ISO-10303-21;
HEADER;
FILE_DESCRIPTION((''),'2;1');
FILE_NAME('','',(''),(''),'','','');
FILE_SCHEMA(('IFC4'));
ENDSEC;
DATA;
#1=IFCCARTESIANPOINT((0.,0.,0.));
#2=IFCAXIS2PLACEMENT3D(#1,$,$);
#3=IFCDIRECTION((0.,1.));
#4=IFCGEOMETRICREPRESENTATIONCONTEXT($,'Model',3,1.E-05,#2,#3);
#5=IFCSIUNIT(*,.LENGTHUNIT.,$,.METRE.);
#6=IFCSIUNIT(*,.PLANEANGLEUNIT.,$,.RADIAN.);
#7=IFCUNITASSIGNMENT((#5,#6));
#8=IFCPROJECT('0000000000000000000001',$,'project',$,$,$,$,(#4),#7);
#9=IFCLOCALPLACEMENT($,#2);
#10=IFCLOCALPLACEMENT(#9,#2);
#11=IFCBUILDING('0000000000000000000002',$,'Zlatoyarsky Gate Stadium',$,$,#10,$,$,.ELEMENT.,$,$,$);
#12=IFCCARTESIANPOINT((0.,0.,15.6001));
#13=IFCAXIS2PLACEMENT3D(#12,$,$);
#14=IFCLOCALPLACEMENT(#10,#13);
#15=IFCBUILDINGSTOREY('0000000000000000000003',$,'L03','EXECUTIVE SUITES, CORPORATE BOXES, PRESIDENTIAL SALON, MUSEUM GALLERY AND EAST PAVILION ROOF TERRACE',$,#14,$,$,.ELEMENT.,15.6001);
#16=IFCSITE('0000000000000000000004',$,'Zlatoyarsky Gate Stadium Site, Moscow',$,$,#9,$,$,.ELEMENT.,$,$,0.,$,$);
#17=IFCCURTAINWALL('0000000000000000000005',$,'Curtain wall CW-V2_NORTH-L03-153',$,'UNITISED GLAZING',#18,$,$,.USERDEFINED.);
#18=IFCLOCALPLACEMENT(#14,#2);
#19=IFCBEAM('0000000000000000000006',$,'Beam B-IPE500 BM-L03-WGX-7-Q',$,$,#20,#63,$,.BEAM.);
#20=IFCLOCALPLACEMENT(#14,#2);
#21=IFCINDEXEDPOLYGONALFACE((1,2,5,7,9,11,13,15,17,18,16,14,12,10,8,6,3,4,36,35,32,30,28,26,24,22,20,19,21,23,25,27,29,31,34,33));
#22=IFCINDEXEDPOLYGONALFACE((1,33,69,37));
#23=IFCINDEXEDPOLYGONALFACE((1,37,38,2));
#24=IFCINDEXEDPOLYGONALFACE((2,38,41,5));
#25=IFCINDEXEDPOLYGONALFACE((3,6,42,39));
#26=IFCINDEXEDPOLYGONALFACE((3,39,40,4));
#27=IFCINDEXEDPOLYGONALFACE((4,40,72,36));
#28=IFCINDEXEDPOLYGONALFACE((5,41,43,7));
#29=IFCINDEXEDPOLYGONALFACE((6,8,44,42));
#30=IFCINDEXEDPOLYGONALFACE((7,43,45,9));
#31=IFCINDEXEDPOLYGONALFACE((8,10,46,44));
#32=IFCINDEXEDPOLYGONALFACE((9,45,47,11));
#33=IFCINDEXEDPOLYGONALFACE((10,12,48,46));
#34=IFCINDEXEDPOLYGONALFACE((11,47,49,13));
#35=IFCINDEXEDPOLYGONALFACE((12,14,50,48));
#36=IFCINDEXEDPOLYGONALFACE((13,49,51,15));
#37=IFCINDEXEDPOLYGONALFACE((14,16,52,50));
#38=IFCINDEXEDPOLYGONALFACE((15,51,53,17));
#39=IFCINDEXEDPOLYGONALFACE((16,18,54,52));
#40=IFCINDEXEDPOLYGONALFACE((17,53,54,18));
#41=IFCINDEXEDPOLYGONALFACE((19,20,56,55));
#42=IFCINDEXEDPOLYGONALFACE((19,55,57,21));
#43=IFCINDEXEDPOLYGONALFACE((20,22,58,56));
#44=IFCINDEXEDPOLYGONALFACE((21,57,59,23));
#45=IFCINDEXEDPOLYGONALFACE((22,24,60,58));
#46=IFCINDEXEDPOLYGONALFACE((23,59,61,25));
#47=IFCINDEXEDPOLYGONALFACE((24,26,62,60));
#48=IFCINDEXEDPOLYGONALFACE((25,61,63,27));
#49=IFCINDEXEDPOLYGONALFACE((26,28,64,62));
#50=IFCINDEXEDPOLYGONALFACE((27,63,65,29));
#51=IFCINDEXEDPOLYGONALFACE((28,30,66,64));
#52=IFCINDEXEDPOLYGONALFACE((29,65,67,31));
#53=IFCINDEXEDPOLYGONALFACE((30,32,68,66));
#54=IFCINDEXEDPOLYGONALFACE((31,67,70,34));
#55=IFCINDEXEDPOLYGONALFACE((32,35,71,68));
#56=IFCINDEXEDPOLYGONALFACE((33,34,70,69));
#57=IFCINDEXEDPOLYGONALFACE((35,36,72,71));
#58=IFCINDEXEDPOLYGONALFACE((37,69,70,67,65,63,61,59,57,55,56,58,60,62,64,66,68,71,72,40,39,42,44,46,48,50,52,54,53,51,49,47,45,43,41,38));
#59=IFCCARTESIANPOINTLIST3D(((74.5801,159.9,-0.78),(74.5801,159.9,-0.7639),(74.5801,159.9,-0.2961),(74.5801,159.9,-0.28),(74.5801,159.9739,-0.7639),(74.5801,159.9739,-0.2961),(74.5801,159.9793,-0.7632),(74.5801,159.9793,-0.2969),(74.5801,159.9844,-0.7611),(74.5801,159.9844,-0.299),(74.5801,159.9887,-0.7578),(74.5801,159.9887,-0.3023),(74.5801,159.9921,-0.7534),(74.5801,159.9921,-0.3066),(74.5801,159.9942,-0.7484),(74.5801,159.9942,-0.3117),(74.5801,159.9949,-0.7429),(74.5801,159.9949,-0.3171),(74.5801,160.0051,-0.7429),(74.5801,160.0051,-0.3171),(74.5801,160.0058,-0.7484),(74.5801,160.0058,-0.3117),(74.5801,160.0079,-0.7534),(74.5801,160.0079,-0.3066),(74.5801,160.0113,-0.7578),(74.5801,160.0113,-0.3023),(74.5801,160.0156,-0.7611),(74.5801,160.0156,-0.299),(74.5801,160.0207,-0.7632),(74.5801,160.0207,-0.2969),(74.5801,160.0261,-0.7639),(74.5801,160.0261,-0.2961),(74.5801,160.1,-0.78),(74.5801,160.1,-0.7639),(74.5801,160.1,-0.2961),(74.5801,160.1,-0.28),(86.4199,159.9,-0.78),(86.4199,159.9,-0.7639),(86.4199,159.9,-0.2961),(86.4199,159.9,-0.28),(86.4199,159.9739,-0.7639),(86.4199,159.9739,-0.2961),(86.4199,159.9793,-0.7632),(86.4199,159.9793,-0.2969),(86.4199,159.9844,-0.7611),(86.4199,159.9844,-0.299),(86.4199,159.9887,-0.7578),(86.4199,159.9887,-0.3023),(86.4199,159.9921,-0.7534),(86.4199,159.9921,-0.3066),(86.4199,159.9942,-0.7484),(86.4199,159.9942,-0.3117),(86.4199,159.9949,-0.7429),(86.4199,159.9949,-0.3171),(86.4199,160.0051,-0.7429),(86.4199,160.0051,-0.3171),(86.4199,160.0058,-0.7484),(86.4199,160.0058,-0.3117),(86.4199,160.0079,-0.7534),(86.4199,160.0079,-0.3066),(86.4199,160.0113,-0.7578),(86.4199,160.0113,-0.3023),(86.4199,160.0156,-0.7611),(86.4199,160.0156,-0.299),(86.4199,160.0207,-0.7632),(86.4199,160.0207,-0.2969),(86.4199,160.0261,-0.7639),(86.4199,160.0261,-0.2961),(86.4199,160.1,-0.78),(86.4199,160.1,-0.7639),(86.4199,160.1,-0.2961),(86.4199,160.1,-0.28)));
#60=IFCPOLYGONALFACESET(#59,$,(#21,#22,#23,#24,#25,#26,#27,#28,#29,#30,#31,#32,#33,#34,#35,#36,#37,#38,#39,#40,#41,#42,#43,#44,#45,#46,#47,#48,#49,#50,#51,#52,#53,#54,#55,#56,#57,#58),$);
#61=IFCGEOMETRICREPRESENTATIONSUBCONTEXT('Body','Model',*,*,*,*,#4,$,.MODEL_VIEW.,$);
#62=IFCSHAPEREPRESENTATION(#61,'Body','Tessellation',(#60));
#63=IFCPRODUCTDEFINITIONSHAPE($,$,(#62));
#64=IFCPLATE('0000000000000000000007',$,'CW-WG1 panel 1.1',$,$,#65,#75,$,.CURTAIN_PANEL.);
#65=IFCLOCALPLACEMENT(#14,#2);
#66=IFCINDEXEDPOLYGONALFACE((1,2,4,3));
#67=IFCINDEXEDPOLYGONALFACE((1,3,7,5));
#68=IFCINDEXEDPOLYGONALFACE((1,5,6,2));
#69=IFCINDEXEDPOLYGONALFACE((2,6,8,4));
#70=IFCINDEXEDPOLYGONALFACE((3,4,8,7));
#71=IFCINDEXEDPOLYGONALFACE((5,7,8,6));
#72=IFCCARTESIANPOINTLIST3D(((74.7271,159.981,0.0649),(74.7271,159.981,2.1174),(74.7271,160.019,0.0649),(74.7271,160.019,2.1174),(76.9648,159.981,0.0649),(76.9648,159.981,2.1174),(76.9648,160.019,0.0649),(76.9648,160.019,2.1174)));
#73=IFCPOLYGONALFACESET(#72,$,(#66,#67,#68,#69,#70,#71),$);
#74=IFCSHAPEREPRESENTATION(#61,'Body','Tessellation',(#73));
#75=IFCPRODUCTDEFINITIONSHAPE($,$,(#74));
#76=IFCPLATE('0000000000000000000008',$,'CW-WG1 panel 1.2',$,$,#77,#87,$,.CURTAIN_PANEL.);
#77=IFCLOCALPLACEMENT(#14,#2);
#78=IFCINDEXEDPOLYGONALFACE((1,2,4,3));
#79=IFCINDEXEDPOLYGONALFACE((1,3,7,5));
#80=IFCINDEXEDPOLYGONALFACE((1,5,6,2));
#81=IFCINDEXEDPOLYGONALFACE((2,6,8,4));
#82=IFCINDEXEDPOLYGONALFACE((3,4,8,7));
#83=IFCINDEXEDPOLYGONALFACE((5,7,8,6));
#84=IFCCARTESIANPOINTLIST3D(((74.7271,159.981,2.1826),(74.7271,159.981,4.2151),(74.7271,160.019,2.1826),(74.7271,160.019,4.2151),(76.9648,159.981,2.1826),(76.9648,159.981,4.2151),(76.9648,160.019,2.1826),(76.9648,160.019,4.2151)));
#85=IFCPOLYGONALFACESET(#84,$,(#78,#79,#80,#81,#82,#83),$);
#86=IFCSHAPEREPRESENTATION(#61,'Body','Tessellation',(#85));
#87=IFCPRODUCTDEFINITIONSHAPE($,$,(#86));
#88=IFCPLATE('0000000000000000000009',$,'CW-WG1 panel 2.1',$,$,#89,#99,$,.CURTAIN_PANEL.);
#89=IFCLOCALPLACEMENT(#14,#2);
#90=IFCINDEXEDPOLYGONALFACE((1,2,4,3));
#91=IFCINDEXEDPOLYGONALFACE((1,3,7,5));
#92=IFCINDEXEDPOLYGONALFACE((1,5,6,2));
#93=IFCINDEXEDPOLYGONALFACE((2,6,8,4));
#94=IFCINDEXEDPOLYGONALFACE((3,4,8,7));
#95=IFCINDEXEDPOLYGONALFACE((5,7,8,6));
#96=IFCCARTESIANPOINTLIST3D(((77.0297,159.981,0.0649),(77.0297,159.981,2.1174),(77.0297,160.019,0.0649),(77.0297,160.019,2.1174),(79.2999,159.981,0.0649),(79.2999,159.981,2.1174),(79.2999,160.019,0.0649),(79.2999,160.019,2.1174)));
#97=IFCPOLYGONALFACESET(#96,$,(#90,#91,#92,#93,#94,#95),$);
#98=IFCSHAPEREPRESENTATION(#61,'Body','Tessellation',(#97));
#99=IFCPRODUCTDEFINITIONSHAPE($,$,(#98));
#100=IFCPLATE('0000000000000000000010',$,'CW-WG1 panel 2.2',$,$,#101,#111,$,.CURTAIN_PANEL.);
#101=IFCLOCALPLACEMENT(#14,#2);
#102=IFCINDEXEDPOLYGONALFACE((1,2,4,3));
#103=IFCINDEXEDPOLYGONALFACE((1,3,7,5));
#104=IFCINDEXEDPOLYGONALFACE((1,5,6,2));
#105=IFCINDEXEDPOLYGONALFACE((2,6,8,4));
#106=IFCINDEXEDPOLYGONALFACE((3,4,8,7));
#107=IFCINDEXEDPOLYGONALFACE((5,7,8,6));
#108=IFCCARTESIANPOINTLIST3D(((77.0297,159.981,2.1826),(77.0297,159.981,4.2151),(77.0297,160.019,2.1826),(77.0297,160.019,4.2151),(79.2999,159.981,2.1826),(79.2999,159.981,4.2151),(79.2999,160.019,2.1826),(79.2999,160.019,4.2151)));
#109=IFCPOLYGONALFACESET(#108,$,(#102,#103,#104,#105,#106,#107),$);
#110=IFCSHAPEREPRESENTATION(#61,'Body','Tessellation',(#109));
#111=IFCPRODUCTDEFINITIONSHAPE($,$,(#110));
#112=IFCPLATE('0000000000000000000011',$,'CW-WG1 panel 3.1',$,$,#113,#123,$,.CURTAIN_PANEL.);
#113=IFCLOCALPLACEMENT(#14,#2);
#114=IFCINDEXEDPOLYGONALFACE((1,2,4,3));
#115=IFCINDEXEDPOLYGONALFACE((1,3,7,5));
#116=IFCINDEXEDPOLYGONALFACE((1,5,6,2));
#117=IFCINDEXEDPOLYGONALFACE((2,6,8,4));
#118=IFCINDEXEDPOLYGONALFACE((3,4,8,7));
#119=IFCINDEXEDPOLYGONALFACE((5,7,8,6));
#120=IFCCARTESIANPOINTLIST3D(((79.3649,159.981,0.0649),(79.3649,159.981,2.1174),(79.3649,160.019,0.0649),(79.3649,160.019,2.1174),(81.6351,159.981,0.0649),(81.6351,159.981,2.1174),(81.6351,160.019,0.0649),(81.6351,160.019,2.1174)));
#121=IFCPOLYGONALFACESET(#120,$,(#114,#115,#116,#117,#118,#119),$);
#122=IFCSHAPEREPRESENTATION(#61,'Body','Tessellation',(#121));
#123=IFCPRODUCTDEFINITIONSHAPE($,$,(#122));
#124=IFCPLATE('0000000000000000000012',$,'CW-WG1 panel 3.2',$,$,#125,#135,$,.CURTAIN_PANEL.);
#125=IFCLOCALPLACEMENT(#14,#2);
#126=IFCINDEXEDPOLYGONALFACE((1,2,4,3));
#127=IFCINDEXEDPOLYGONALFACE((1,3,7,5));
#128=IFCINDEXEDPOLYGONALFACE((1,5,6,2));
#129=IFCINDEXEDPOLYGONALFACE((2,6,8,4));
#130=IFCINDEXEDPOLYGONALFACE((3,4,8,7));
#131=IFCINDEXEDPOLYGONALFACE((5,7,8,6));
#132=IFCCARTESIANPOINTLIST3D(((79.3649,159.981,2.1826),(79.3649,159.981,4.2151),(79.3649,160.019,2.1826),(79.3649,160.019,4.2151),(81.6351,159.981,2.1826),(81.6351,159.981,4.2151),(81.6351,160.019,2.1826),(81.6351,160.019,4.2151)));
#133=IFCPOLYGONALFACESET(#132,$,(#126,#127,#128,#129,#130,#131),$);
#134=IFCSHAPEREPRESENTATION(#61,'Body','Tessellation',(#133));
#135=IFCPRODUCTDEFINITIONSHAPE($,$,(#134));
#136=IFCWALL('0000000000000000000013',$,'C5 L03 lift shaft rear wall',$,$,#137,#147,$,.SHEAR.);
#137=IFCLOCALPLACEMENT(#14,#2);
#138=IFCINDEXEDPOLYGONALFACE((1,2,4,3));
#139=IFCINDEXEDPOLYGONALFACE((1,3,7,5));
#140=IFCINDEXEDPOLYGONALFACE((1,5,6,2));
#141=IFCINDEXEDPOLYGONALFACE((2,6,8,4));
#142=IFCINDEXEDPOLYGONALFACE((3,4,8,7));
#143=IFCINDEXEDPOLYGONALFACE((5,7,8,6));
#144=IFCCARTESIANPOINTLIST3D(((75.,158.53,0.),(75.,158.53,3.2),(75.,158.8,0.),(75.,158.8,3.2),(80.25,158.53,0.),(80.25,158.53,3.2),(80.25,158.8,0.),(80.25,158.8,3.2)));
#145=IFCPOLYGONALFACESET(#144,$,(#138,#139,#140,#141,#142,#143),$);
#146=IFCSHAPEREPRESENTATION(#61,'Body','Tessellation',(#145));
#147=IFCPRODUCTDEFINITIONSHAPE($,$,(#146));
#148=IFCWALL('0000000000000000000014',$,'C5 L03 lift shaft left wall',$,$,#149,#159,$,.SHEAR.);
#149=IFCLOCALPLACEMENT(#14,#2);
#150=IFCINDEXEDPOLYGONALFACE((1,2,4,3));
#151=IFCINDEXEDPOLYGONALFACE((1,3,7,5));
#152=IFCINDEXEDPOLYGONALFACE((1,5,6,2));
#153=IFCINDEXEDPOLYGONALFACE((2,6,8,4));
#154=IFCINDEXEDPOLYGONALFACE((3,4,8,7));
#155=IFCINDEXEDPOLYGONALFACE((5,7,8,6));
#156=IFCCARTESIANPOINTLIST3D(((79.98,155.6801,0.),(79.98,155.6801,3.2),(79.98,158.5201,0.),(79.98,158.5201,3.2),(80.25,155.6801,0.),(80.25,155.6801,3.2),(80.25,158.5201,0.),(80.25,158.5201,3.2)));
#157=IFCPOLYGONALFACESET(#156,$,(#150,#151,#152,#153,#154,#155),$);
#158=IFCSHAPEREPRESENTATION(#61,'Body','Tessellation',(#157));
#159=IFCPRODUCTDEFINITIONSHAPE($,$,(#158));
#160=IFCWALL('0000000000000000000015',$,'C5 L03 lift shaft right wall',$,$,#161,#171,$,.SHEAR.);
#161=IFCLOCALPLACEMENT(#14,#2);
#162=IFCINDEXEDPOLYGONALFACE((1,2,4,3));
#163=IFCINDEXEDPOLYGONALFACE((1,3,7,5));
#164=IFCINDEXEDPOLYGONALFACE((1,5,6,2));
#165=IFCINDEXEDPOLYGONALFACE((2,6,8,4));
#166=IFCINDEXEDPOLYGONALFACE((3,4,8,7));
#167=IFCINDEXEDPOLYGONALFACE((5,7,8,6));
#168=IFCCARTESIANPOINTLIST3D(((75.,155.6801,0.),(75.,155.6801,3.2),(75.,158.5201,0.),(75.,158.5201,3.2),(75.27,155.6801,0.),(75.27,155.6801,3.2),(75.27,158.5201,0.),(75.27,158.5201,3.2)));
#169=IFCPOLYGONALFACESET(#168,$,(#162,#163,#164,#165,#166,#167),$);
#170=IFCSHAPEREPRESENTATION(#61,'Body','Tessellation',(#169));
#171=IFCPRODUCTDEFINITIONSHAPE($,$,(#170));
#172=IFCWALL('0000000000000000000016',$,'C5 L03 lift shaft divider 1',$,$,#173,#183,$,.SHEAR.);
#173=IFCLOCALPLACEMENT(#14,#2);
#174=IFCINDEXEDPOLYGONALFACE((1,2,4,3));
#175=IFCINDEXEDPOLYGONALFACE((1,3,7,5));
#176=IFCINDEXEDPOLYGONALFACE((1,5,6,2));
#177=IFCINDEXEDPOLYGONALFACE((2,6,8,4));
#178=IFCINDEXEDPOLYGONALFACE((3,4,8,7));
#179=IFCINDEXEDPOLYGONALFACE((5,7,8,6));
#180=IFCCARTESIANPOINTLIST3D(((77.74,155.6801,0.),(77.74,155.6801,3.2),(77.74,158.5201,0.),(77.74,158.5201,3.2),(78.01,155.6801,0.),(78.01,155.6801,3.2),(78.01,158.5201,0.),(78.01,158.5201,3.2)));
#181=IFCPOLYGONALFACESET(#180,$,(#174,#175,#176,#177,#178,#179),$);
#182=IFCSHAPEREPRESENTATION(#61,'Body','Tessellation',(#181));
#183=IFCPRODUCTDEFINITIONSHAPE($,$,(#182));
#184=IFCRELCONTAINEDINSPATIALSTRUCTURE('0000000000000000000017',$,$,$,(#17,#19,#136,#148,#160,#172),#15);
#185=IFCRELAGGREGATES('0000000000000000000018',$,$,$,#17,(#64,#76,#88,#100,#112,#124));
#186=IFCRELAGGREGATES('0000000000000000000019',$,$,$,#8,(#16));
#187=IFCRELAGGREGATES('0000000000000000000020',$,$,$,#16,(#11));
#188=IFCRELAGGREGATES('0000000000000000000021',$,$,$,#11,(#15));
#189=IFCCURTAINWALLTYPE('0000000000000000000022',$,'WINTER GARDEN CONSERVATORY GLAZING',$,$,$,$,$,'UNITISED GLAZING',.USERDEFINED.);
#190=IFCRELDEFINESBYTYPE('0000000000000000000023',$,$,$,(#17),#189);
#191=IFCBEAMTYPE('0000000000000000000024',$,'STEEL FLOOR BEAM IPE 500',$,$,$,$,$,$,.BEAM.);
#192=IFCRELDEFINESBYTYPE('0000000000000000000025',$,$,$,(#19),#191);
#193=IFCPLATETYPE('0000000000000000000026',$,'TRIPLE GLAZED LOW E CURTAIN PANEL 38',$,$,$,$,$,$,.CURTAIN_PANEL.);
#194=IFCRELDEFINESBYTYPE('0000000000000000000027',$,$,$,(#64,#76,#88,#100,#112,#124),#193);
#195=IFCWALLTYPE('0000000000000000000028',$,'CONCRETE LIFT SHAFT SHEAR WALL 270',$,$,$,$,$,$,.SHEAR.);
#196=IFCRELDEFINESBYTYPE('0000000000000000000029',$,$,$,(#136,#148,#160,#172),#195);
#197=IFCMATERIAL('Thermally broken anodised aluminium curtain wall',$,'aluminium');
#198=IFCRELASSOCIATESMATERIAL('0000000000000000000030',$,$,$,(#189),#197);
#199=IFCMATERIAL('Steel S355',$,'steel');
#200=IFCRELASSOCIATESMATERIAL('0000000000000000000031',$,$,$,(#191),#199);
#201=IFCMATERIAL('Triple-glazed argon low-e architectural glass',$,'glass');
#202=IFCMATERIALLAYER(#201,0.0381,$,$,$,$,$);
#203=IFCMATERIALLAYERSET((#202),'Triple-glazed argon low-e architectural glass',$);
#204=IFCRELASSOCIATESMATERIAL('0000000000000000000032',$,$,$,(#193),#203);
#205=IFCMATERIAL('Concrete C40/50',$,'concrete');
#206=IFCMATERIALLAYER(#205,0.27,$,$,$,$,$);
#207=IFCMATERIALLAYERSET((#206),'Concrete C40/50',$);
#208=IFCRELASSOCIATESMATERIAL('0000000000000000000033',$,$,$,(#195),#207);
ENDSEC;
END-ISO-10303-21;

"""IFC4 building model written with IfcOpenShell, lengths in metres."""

from ifc_helpers import new_model, si_unit, direction, frame, frame_2d, origin, origin_2d, place, context, subcontext, project, spatial, rectangle, i_section, extrude, material, layer, layer_set, material_profile, profile_set, type_object, element, aggregate, save


model = new_model("IFC4")

# Units and contexts
model_context = context("Model", 3, precision=1e-05, world=origin(), true_north=direction((0.0, 1.0)))
body_context = subcontext(model_context, "Body", "Model", "MODEL_VIEW")
ifc_project = project(units=[si_unit("LENGTHUNIT", "METRE"), si_unit("PLANEANGLEUNIT", "RADIAN")], contexts=[model_context])

# Site, building, storey
site_placement = place(None, origin())
site = spatial("IfcSite", under=ifc_project, at=site_placement, Name="Zlatoyarsky Gate Stadium Site, Moscow", CompositionType="ELEMENT", RefElevation=0.0)
building_placement = place(site_placement, origin())
building = spatial("IfcBuilding", under=site, at=building_placement, Name="Zlatoyarsky Gate Stadium", CompositionType="ELEMENT")
storey_placement = place(building_placement, frame((0.0, 0.0, 15.6001)))
storey = spatial("IfcBuildingStorey", under=building, at=storey_placement, Name="L03", Description="EXECUTIVE SUITES, CORPORATE BOXES, PRESIDENTIAL SALON, MUSEUM GALLERY AND EAST PAVILION ROOF TERRACE", CompositionType="ELEMENT", Elevation=15.6001)

# Curtain wall
ifc_material_1 = material(Name="Thermally broken anodised aluminium curtain wall", Category="aluminium")
curtain_wall_type = type_object("IfcCurtainWallType", Name="WINTER GARDEN CONSERVATORY GLAZING", ElementType="UNITISED GLAZING", PredefinedType="USERDEFINED", material=ifc_material_1)
curtain_wall_placement = place(storey_placement, origin())
curtain_wall = element("IfcCurtainWall", 1, at=curtain_wall_placement, inside=storey, type_object=curtain_wall_type, Name="Curtain wall CW-V2_NORTH-L03-153", ObjectType="UNITISED GLAZING", PredefinedType="USERDEFINED")

# Beam
ifc_material_2 = material(Name="Steel S355", Category="steel")
ifc_material_profile_1 = material_profile(ifc_material_2, i_section(OverallWidth=0.2, OverallDepth=0.5, WebThickness=0.0103, FlangeThickness=0.0161, FilletRadius=0.021, at=origin_2d()), Name="IPE 500")
ifc_profile_set_1 = profile_set([ifc_material_profile_1], Name="Steel S355")
beam_type = type_object("IfcBeamType", Name="STEEL FLOOR BEAM IPE 500", PredefinedType="BEAM", material=ifc_profile_set_1)
beam_placement = place(storey_placement, frame((74.5801, 160.0, -0.53), z_axis=(1.0, 0.0, 0.0), x_axis=(0.0, 1.0, 0.0)))
element("IfcBeam", 2, at=beam_placement, inside=storey, type_object=beam_type, Name="Beam B-IPE500 BM-L03-WGX-7-Q", PredefinedType="BEAM", context=body_context, shape_type="SweptSolid", body=[
    extrude(i_section(OverallWidth=0.2, OverallDepth=0.5, WebThickness=0.0103, FlangeThickness=0.0161, FilletRadius=0.021, at=origin_2d()), origin(), (0.0, 0.0, 1.0), 11.8398),
])

# Plates
ifc_material_3 = material(Name="Triple-glazed argon low-e architectural glass", Category="glass")
ifc_layer_1 = layer(ifc_material_3, 0.0381)
ifc_layer_set_1 = layer_set([ifc_layer_1], Name="Triple-glazed argon low-e architectural glass")
plate_type = type_object("IfcPlateType", Name="TRIPLE GLAZED LOW E CURTAIN PANEL 38", PredefinedType="CURTAIN_PANEL", material=ifc_layer_set_1)
plate_1_placement = place(storey_placement, frame((75.8459, 160.0, 0.0649), z_axis=(0.0, 0.0, 1.0), x_axis=(1.0, 0.0, 0.0)))
plate_1 = element("IfcPlate", 3, at=plate_1_placement, type_object=plate_type, Name="CW-WG1 panel 1.1", PredefinedType="CURTAIN_PANEL", context=body_context, shape_type="SweptSolid", body=[
    extrude(rectangle(XDim=2.2378, YDim=0.0381, at=origin_2d()), origin(), (0.0, 0.0, 1.0), 2.0525),
])
plate_2_placement = place(storey_placement, frame((75.8459, 160.0, 2.1826), z_axis=(0.0, 0.0, 1.0), x_axis=(1.0, 0.0, 0.0)))
plate_2 = element("IfcPlate", 4, at=plate_2_placement, type_object=plate_type, Name="CW-WG1 panel 1.2", PredefinedType="CURTAIN_PANEL", context=body_context, shape_type="SweptSolid", body=[
    extrude(rectangle(XDim=2.2378, YDim=0.0381, at=origin_2d()), origin(), (0.0, 0.0, 1.0), 2.0325),
])
plate_3_placement = place(storey_placement, frame((78.1648, 160.0, 0.0649), z_axis=(0.0, 0.0, 1.0), x_axis=(1.0, 0.0, 0.0)))
plate_3 = element("IfcPlate", 5, at=plate_3_placement, type_object=plate_type, Name="CW-WG1 panel 2.1", PredefinedType="CURTAIN_PANEL", context=body_context, shape_type="SweptSolid", body=[
    extrude(rectangle(XDim=2.2703, YDim=0.0381, at=origin_2d()), origin(), (0.0, 0.0, 1.0), 2.0525),
])
plate_4_placement = place(storey_placement, frame((78.1648, 160.0, 2.1826), z_axis=(0.0, 0.0, 1.0), x_axis=(1.0, 0.0, 0.0)))
plate_4 = element("IfcPlate", 6, at=plate_4_placement, type_object=plate_type, Name="CW-WG1 panel 2.2", PredefinedType="CURTAIN_PANEL", context=body_context, shape_type="SweptSolid", body=[
    extrude(rectangle(XDim=2.2703, YDim=0.0381, at=origin_2d()), origin(), (0.0, 0.0, 1.0), 2.0325),
])
plate_5_placement = place(storey_placement, frame((80.5, 160.0, 0.0649), z_axis=(0.0, 0.0, 1.0), x_axis=(1.0, 0.0, 0.0)))
plate_5 = element("IfcPlate", 7, at=plate_5_placement, type_object=plate_type, Name="CW-WG1 panel 3.1", PredefinedType="CURTAIN_PANEL", context=body_context, shape_type="SweptSolid", body=[
    extrude(rectangle(XDim=2.2703, YDim=0.0381, at=origin_2d()), origin(), (0.0, 0.0, 1.0), 2.0525),
])
plate_6_placement = place(storey_placement, frame((80.5, 160.0, 2.1826), z_axis=(0.0, 0.0, 1.0), x_axis=(1.0, 0.0, 0.0)))
plate_6 = element("IfcPlate", 8, at=plate_6_placement, type_object=plate_type, Name="CW-WG1 panel 3.2", PredefinedType="CURTAIN_PANEL", context=body_context, shape_type="SweptSolid", body=[
    extrude(rectangle(XDim=2.2703, YDim=0.0381, at=origin_2d()), origin(), (0.0, 0.0, 1.0), 2.0325),
])
aggregate(curtain_wall, [plate_1, plate_2, plate_3, plate_4, plate_5, plate_6])

# Walls
ifc_material_4 = material(Name="Concrete C40/50", Category="concrete")
ifc_layer_2 = layer(ifc_material_4, 0.27)
ifc_layer_set_2 = layer_set([ifc_layer_2], Name="Concrete C40/50")
wall_type = type_object("IfcWallType", Name="CONCRETE LIFT SHAFT SHEAR WALL 270", PredefinedType="SHEAR", material=ifc_layer_set_2)
wall_placement = place(storey_placement, frame((80.25, 158.665, 0.0), z_axis=(0.0, 0.0, 1.0), x_axis=(-1.0, 0.0, 0.0)))
element("IfcWall", 9, at=wall_placement, inside=storey, type_object=wall_type, Name="C5 L03 lift shaft rear wall", PredefinedType="SHEAR", context=body_context, shape_type="SweptSolid", body=[
    extrude(rectangle(XDim=5.25, YDim=0.27, at=frame_2d((2.625, 0.0))), origin(), (0.0, 0.0, 1.0), 3.2),
])
for number, where, z_axis, x_axis, name in (
    (10, (80.115, 158.52, 0.0), (0.0, 0.0, 1.0), (0.0, -1.0, 0.0), "C5 L03 lift shaft left wall"),
    (11, (75.135, 158.52, 0.0), (0.0, 0.0, 1.0), (0.0, -1.0, 0.0), "C5 L03 lift shaft right wall"),
    (12, (77.875, 158.52, 0.0), (0.0, 0.0, 1.0), (0.0, -1.0, 0.0), "C5 L03 lift shaft divider 1"),
):
    element("IfcWall", number, at=place(storey_placement, frame(where, z_axis=z_axis, x_axis=x_axis)), inside=storey, type_object=wall_type, Name=name, PredefinedType="SHEAR", context=body_context, shape_type="SweptSolid", body=[
        extrude(rectangle(XDim=2.8401, YDim=0.27, at=frame_2d((1.4199, 0.0))), origin(), (0.0, 0.0, 1.0), 3.2),
    ])

save(model, "model.ifc")
